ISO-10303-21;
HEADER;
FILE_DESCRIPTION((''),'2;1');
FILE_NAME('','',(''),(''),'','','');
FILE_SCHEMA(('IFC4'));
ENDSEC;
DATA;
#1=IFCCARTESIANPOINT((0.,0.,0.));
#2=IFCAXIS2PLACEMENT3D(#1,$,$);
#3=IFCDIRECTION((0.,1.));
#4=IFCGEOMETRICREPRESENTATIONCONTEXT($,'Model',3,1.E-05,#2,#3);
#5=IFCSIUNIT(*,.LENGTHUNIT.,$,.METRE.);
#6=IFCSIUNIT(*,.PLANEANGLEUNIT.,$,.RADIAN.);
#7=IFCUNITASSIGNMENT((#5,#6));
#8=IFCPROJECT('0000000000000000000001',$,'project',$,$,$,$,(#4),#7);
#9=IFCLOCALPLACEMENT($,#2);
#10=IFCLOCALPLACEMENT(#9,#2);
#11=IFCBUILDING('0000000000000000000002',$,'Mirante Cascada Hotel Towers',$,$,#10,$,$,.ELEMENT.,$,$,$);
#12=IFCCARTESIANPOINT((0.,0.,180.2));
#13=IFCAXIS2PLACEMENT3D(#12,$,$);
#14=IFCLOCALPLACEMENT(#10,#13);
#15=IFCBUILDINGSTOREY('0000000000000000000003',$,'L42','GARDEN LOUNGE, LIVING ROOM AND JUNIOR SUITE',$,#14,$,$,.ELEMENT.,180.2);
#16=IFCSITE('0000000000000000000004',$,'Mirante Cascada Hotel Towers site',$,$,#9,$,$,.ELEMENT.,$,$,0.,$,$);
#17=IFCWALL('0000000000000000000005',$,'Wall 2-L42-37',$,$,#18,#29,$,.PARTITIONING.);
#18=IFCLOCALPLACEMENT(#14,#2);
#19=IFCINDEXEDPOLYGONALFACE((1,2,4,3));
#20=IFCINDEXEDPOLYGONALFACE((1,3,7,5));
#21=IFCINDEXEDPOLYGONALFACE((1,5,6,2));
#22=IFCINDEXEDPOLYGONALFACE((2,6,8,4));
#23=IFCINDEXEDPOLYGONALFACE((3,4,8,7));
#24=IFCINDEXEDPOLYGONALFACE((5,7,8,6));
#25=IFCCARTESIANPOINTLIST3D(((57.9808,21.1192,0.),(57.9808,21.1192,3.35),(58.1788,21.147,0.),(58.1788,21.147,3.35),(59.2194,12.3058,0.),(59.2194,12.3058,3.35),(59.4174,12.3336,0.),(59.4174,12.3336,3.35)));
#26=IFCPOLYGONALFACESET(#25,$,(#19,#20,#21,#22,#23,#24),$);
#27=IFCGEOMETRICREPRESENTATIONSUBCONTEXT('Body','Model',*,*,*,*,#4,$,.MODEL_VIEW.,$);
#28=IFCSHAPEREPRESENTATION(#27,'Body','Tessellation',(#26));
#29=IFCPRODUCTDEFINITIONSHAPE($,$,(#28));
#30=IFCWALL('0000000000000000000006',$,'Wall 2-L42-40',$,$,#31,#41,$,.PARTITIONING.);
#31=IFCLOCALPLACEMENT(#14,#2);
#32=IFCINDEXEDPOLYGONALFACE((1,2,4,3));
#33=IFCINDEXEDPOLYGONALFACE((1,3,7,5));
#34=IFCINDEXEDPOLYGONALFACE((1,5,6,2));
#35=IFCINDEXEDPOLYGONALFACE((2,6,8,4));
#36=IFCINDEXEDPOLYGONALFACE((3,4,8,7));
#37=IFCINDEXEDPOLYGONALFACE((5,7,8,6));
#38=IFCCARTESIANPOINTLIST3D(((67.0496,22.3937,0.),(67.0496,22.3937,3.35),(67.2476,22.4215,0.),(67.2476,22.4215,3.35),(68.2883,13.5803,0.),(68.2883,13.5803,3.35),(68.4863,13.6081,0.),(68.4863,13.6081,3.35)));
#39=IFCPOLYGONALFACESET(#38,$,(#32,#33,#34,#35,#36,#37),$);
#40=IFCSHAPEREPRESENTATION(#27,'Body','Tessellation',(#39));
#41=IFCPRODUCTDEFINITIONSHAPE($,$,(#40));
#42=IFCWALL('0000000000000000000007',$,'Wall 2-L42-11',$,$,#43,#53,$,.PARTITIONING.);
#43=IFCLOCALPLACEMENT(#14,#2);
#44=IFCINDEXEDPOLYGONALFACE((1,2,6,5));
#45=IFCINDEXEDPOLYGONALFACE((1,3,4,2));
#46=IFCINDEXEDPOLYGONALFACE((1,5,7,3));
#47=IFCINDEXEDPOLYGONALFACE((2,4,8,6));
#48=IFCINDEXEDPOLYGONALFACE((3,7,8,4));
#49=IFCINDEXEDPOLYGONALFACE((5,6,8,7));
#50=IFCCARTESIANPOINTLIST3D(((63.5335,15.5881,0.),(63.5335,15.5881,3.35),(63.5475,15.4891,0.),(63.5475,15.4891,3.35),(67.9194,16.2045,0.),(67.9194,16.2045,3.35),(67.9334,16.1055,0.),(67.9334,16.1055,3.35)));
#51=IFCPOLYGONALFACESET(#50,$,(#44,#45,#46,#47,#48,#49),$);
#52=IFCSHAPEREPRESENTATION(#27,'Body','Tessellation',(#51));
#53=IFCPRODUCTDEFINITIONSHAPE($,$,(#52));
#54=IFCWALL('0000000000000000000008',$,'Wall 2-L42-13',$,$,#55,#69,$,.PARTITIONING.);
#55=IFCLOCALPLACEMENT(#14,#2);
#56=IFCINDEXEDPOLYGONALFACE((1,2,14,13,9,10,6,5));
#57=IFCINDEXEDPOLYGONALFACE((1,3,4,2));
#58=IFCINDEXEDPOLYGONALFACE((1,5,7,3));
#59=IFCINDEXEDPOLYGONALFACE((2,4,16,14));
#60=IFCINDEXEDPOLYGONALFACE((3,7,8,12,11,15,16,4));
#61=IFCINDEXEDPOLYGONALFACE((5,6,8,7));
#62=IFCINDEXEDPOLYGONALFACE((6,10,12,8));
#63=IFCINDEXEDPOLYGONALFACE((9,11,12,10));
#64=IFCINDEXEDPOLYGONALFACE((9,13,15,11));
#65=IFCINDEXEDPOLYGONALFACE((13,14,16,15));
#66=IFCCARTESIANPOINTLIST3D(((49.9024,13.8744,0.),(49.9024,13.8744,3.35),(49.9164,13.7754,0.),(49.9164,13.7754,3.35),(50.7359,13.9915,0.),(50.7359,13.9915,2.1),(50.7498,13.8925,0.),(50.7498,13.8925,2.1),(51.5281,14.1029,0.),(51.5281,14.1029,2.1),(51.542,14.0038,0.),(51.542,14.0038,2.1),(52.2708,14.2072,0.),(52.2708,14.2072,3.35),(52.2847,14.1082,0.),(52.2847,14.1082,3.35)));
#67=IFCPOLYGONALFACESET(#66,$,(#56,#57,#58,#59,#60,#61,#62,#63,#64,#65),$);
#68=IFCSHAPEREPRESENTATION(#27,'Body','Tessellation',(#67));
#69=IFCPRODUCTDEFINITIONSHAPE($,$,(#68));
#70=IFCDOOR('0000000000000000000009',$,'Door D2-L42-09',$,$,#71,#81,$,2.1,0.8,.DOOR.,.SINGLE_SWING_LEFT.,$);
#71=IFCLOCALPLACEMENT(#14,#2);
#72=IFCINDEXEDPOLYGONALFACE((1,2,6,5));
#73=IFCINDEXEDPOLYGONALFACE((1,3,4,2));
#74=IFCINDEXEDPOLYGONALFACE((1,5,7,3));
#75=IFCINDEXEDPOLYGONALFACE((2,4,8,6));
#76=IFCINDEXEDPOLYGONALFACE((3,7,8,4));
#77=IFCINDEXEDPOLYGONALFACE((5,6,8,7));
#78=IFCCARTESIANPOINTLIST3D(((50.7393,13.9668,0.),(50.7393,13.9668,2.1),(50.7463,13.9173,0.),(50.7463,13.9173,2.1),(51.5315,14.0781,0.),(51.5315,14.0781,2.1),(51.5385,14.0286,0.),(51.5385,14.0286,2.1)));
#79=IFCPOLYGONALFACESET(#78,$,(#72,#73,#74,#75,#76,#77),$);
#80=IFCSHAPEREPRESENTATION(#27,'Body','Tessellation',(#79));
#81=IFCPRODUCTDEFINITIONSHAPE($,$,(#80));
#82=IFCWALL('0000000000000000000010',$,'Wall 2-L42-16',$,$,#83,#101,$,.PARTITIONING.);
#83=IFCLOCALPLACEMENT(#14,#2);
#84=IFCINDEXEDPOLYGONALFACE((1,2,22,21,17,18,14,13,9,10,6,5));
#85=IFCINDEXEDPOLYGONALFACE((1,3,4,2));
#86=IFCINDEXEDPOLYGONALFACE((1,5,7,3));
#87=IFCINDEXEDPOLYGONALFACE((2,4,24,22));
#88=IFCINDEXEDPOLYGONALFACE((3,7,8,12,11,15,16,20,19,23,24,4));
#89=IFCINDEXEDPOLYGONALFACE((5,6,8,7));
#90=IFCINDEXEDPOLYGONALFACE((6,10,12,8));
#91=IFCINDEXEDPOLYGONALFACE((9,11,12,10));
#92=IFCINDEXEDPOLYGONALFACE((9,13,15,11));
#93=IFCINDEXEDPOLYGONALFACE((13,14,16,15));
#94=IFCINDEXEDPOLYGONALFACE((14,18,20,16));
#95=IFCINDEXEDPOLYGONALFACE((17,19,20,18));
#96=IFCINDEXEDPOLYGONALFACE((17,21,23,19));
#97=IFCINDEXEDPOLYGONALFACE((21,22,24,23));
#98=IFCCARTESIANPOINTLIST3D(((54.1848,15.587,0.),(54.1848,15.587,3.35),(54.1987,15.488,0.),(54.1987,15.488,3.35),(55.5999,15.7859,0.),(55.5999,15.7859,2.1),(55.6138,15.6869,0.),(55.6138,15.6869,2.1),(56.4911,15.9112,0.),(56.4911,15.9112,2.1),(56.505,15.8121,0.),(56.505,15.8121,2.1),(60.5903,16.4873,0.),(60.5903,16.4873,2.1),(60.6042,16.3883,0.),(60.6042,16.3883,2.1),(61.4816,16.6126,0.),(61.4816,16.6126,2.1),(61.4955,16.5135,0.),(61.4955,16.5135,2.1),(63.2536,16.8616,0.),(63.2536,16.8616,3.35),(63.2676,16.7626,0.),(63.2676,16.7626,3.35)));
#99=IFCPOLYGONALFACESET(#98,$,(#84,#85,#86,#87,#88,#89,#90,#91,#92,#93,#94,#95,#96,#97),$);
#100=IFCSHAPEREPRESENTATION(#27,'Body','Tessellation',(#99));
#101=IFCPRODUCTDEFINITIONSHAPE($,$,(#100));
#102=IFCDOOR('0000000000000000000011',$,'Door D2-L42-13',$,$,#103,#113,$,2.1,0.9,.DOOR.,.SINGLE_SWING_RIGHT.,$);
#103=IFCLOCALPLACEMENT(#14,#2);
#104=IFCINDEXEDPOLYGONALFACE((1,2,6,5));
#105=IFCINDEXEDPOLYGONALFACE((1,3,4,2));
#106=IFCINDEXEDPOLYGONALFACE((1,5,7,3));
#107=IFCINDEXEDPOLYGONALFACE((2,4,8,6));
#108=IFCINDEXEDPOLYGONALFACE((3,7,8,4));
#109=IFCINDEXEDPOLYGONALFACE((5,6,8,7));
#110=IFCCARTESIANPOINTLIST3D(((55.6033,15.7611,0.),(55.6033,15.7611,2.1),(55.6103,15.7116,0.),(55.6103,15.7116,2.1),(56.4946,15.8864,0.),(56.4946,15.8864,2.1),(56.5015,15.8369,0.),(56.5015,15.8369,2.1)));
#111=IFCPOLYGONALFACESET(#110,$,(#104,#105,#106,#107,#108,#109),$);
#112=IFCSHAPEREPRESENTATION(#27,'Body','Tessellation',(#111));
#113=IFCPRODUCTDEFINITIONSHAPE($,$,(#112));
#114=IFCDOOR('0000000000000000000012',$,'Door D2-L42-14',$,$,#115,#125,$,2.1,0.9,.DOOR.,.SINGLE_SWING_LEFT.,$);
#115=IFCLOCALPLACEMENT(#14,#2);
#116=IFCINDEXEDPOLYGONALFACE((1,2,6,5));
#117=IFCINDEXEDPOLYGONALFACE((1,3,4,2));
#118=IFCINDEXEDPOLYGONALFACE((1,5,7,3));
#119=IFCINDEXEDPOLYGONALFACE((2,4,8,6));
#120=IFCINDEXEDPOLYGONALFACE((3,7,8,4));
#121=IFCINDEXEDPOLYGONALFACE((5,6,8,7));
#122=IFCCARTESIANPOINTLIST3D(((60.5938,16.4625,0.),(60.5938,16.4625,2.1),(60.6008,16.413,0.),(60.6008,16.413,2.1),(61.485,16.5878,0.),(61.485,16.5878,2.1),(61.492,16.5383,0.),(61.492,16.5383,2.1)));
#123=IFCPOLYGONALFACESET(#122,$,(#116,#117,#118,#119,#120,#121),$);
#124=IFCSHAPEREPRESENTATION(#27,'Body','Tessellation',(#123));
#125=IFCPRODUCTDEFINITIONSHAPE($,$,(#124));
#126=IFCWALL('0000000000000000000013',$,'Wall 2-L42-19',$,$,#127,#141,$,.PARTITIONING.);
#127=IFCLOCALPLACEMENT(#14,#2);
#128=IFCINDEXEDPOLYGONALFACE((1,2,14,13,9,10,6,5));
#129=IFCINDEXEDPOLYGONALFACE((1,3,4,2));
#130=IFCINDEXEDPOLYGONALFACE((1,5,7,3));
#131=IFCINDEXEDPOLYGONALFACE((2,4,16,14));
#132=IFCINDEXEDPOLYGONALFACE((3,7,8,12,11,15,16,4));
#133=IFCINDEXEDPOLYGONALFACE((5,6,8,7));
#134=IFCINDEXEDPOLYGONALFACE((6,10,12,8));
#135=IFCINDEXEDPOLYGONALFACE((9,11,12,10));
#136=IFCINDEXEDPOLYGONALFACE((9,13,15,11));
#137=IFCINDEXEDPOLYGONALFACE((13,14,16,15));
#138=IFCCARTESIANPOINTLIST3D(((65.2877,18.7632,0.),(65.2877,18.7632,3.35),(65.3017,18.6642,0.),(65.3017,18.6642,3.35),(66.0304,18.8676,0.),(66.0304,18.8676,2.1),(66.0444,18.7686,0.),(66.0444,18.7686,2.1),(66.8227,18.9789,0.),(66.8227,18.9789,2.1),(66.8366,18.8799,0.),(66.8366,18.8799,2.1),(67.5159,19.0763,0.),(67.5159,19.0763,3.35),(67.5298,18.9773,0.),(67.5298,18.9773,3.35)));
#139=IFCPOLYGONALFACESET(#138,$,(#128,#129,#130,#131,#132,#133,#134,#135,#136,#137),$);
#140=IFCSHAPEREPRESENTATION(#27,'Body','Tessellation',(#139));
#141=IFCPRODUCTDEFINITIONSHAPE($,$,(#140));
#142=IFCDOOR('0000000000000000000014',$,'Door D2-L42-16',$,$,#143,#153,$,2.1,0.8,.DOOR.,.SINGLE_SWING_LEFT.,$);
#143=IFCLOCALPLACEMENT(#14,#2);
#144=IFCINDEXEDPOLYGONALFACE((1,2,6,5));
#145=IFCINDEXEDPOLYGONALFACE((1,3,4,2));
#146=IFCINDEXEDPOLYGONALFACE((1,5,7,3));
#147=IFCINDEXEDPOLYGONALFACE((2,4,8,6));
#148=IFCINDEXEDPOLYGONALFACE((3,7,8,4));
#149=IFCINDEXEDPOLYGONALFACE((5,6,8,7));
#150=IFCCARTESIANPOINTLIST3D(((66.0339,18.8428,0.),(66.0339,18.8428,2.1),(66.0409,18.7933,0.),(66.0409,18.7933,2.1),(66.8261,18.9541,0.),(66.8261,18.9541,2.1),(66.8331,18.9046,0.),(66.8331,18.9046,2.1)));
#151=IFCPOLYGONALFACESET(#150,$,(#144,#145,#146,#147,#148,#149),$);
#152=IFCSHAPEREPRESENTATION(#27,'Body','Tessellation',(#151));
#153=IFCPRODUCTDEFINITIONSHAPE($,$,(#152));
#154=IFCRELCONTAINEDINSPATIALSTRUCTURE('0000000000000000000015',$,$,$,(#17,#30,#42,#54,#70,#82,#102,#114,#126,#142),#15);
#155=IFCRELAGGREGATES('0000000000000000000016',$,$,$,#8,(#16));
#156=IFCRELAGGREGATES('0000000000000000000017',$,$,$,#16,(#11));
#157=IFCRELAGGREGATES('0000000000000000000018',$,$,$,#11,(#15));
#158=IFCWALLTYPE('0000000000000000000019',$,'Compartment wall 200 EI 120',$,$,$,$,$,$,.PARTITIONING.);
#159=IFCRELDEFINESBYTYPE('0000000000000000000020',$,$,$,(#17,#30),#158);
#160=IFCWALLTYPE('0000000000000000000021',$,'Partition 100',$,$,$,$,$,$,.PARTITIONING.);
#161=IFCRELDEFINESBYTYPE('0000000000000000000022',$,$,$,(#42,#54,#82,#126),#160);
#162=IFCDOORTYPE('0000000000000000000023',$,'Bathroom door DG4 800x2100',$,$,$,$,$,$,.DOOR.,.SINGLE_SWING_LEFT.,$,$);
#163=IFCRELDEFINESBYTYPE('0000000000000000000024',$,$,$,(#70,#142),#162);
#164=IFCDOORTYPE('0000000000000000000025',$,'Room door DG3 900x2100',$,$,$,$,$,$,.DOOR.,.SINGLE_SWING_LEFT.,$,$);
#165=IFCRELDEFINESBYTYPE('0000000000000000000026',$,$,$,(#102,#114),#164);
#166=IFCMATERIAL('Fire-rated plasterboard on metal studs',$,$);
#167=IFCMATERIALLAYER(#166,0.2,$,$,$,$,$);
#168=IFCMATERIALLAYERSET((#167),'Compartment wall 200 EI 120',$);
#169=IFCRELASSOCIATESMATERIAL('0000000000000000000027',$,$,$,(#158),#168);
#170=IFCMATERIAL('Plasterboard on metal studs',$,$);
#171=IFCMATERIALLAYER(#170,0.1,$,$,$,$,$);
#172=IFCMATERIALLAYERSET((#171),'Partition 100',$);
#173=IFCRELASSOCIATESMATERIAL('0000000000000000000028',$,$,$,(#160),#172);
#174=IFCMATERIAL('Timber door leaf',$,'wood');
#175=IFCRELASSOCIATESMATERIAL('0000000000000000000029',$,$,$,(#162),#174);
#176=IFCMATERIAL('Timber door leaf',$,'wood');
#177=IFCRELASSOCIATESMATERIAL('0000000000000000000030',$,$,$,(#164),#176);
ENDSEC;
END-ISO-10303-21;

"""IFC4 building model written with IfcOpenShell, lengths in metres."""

from ifc_helpers import new_model, si_unit, direction, frame, frame_2d, origin, place, context, subcontext, project, spatial, rectangle, extrude, material, layer, layer_set, type_object, element, fill, save


model = new_model("IFC4")

# Units and contexts
model_context = context("Model", 3, precision=1e-05, world=origin(), true_north=direction((0.0, 1.0)))
body_context = subcontext(model_context, "Body", "Model", "MODEL_VIEW")
ifc_project = project(units=[si_unit("LENGTHUNIT", "METRE"), si_unit("PLANEANGLEUNIT", "RADIAN")], contexts=[model_context])

# Site, building, storey
site_placement = place(None, origin())
site = spatial("IfcSite", under=ifc_project, at=site_placement, Name="Mirante Cascada Hotel Towers site", CompositionType="ELEMENT", RefElevation=0.0)
building_placement = place(site_placement, origin())
building = spatial("IfcBuilding", under=site, at=building_placement, Name="Mirante Cascada Hotel Towers", CompositionType="ELEMENT")
storey_placement = place(building_placement, frame((0.0, 0.0, 180.2)))
storey = spatial("IfcBuildingStorey", under=building, at=storey_placement, Name="L42", Description="GARDEN LOUNGE, LIVING ROOM AND JUNIOR SUITE", CompositionType="ELEMENT", Elevation=180.2)

# Walls
ifc_material_1 = material(Name="Fire-rated plasterboard on metal studs")
ifc_layer_1 = layer(ifc_material_1, 0.2)
ifc_layer_set_1 = layer_set([ifc_layer_1], Name="Compartment wall 200 EI 120")
wall_type_1 = type_object("IfcWallType", Name="Compartment wall 200 EI 120", PredefinedType="PARTITIONING", material=ifc_layer_set_1)
for number, where, z_axis, x_axis, name in (
    (1, (59.3184, 12.3197, 0.0), (0.0, 0.0, 1.0), (-0.139168, 0.990269, 0.0), "Wall 2-L42-37"),
    (2, (67.1486, 22.4076, 0.0), (0.0, 0.0, 1.0), (0.139179, -0.990267, 0.0), "Wall 2-L42-40"),
):
    element("IfcWall", number, at=place(storey_placement, frame(where, z_axis=z_axis, x_axis=x_axis)), inside=storey, type_object=wall_type_1, Name=name, PredefinedType="PARTITIONING", context=body_context, shape_type="SweptSolid", body=[
        extrude(rectangle(XDim=8.9, YDim=0.2, at=frame_2d((4.45, 0.0))), origin(), (0.0, 0.0, 1.0), 3.35),
    ])
ifc_material_2 = material(Name="Plasterboard on metal studs")
ifc_layer_2 = layer(ifc_material_2, 0.1)
ifc_layer_set_2 = layer_set([ifc_layer_2], Name="Partition 100")
wall_type_2 = type_object("IfcWallType", Name="Partition 100", PredefinedType="PARTITIONING", material=ifc_layer_set_2)
wall_1_placement = place(storey_placement, frame((63.5405, 15.5386, 0.0), z_axis=(0.0, 0.0, 1.0), x_axis=(0.990268, 0.139174, 0.0)))
element("IfcWall", 3, at=wall_1_placement, inside=storey, type_object=wall_type_2, Name="Wall 2-L42-11", PredefinedType="PARTITIONING", context=body_context, shape_type="SweptSolid", body=[
    extrude(rectangle(XDim=4.429, YDim=0.1, at=frame_2d((2.2145, 0.0))), origin(), (0.0, 0.0, 1.0), 3.35),
])

# Wall, opening, door
wall_2_placement = place(storey_placement, frame((49.9094, 13.8249, 0.0), z_axis=(0.0, 0.0, 1.0), x_axis=(0.990271, 0.139155, 0.0)))
wall_2 = element("IfcWall", 4, at=wall_2_placement, inside=storey, type_object=wall_type_2, Name="Wall 2-L42-13", PredefinedType="PARTITIONING", context=body_context, shape_type="SweptSolid", body=[
    extrude(rectangle(XDim=2.3916, YDim=0.1, at=frame_2d((1.1958, 0.0))), origin(), (0.0, 0.0, 1.0), 3.35),
])
opening_1_placement = place(wall_2_placement, frame((0.8416, 0.0, 0.0)))
opening_1 = element("IfcOpeningElement", 5, at=opening_1_placement, cuts=wall_2, PredefinedType="OPENING", context=body_context, shape_type="SweptSolid", body=[
    extrude(rectangle(XDim=0.8, YDim=2.1, at=frame_2d((0.4, 1.05))), frame((0.0, 0.05, 0.0), z_axis=(0.0, -1.0, 0.0), x_axis=(1.0, 0.0, 0.0)), (0.0, 0.0, 1.0), 0.1),
])
ifc_material_3 = material(Name="Timber door leaf", Category="wood")
door_type_1 = type_object("IfcDoorType", Name="Bathroom door DG4 800x2100", OperationType="SINGLE_SWING_LEFT", PredefinedType="DOOR", material=ifc_material_3)
door_1_placement = place(opening_1_placement, origin())
door_1 = element("IfcDoor", 6, at=door_1_placement, inside=storey, type_object=door_type_1, Name="Door D2-L42-09", OperationType="SINGLE_SWING_LEFT", OverallHeight=2.1, OverallWidth=0.8, PredefinedType="DOOR", context=body_context, shape_type="SweptSolid", body=[
    extrude(rectangle(XDim=0.8, YDim=2.1, at=frame_2d((0.4, 1.05))), frame((0.0, 0.025, 0.0), z_axis=(0.0, -1.0, 0.0), x_axis=(1.0, 0.0, 0.0)), (0.0, 0.0, 1.0), 0.05),
])
fill(opening_1, door_1)

# Wall, openings, doors
wall_3_placement = place(storey_placement, frame((63.2606, 16.8121, 0.0), z_axis=(0.0, 0.0, 1.0), x_axis=(-0.990267, -0.139178, 0.0)))
wall_3 = element("IfcWall", 7, at=wall_3_placement, inside=storey, type_object=wall_type_2, Name="Wall 2-L42-16", PredefinedType="PARTITIONING", context=body_context, shape_type="SweptSolid", body=[
    extrude(rectangle(XDim=9.158, YDim=0.1, at=frame_2d((4.579, 0.0))), origin(), (0.0, 0.0, 1.0), 3.35),
])
opening_2_placement = place(wall_3_placement, frame((6.829, 0.0, 0.0)))
opening_2 = element("IfcOpeningElement", 8, at=opening_2_placement, cuts=wall_3, PredefinedType="OPENING", context=body_context, shape_type="SweptSolid", body=[
    extrude(rectangle(XDim=0.9, YDim=2.1, at=frame_2d((0.45, 1.05))), frame((0.0, 0.05, 0.0), z_axis=(0.0, -1.0, 0.0), x_axis=(1.0, 0.0, 0.0)), (0.0, 0.0, 1.0), 0.1),
])
opening_3_placement = place(wall_3_placement, frame((1.7895, 0.0, 0.0)))
opening_3 = element("IfcOpeningElement", 9, at=opening_3_placement, cuts=wall_3, PredefinedType="OPENING", context=body_context, shape_type="SweptSolid", body=[
    extrude(rectangle(XDim=0.9, YDim=2.1, at=frame_2d((0.45, 1.05))), frame((0.0, 0.05, 0.0), z_axis=(0.0, -1.0, 0.0), x_axis=(1.0, 0.0, 0.0)), (0.0, 0.0, 1.0), 0.1),
])
ifc_material_4 = material(Name="Timber door leaf", Category="wood")
door_type_2 = type_object("IfcDoorType", Name="Room door DG3 900x2100", OperationType="SINGLE_SWING_LEFT", PredefinedType="DOOR", material=ifc_material_4)
door_2_placement = place(opening_2_placement, frame((0.9, 0.0, 0.0), z_axis=(0.0, 0.0, 1.0), x_axis=(-1.0, 0.0, 0.0)))
door_2 = element("IfcDoor", 10, at=door_2_placement, inside=storey, type_object=door_type_2, Name="Door D2-L42-13", OperationType="SINGLE_SWING_RIGHT", OverallHeight=2.1, OverallWidth=0.9, PredefinedType="DOOR", context=body_context, shape_type="SweptSolid", body=[
    extrude(rectangle(XDim=0.9, YDim=2.1, at=frame_2d((0.45, 1.05))), frame((0.0, 0.025, 0.0), z_axis=(0.0, -1.0, 0.0), x_axis=(1.0, 0.0, 0.0)), (0.0, 0.0, 1.0), 0.05),
])
fill(opening_2, door_2)
door_3_placement = place(opening_3_placement, origin())
door_3 = element("IfcDoor", 11, at=door_3_placement, inside=storey, type_object=door_type_2, Name="Door D2-L42-14", OperationType="SINGLE_SWING_LEFT", OverallHeight=2.1, OverallWidth=0.9, PredefinedType="DOOR", context=body_context, shape_type="SweptSolid", body=[
    extrude(rectangle(XDim=0.9, YDim=2.1, at=frame_2d((0.45, 1.05))), frame((0.0, 0.025, 0.0), z_axis=(0.0, -1.0, 0.0), x_axis=(1.0, 0.0, 0.0)), (0.0, 0.0, 1.0), 0.05),
])
fill(opening_3, door_3)

# Wall, opening, door
wall_4_placement = place(storey_placement, frame((65.2947, 18.7137, 0.0), z_axis=(0.0, 0.0, 1.0), x_axis=(0.990271, 0.139156, 0.0)))
wall_4 = element("IfcWall", 12, at=wall_4_placement, inside=storey, type_object=wall_type_2, Name="Wall 2-L42-19", PredefinedType="PARTITIONING", context=body_context, shape_type="SweptSolid", body=[
    extrude(rectangle(XDim=2.25, YDim=0.1, at=frame_2d((1.125, 0.0))), origin(), (0.0, 0.0, 1.0), 3.35),
])
opening_4_placement = place(wall_4_placement, frame((0.75, 0.0, 0.0)))
opening_4 = element("IfcOpeningElement", 13, at=opening_4_placement, cuts=wall_4, PredefinedType="OPENING", context=body_context, shape_type="SweptSolid", body=[
    extrude(rectangle(XDim=0.8, YDim=2.1, at=frame_2d((0.4, 1.05))), frame((0.0, 0.05, 0.0), z_axis=(0.0, -1.0, 0.0), x_axis=(1.0, 0.0, 0.0)), (0.0, 0.0, 1.0), 0.1),
])
door_4_placement = place(opening_4_placement, origin())
door_4 = element("IfcDoor", 14, at=door_4_placement, inside=storey, type_object=door_type_1, Name="Door D2-L42-16", OperationType="SINGLE_SWING_LEFT", OverallHeight=2.1, OverallWidth=0.8, PredefinedType="DOOR", context=body_context, shape_type="SweptSolid", body=[
    extrude(rectangle(XDim=0.8, YDim=2.1, at=frame_2d((0.4, 1.05))), frame((0.0, 0.025, 0.0), z_axis=(0.0, -1.0, 0.0), x_axis=(1.0, 0.0, 0.0)), (0.0, 0.0, 1.0), 0.05),
])
fill(opening_4, door_4)

save(model, "model.ifc")
